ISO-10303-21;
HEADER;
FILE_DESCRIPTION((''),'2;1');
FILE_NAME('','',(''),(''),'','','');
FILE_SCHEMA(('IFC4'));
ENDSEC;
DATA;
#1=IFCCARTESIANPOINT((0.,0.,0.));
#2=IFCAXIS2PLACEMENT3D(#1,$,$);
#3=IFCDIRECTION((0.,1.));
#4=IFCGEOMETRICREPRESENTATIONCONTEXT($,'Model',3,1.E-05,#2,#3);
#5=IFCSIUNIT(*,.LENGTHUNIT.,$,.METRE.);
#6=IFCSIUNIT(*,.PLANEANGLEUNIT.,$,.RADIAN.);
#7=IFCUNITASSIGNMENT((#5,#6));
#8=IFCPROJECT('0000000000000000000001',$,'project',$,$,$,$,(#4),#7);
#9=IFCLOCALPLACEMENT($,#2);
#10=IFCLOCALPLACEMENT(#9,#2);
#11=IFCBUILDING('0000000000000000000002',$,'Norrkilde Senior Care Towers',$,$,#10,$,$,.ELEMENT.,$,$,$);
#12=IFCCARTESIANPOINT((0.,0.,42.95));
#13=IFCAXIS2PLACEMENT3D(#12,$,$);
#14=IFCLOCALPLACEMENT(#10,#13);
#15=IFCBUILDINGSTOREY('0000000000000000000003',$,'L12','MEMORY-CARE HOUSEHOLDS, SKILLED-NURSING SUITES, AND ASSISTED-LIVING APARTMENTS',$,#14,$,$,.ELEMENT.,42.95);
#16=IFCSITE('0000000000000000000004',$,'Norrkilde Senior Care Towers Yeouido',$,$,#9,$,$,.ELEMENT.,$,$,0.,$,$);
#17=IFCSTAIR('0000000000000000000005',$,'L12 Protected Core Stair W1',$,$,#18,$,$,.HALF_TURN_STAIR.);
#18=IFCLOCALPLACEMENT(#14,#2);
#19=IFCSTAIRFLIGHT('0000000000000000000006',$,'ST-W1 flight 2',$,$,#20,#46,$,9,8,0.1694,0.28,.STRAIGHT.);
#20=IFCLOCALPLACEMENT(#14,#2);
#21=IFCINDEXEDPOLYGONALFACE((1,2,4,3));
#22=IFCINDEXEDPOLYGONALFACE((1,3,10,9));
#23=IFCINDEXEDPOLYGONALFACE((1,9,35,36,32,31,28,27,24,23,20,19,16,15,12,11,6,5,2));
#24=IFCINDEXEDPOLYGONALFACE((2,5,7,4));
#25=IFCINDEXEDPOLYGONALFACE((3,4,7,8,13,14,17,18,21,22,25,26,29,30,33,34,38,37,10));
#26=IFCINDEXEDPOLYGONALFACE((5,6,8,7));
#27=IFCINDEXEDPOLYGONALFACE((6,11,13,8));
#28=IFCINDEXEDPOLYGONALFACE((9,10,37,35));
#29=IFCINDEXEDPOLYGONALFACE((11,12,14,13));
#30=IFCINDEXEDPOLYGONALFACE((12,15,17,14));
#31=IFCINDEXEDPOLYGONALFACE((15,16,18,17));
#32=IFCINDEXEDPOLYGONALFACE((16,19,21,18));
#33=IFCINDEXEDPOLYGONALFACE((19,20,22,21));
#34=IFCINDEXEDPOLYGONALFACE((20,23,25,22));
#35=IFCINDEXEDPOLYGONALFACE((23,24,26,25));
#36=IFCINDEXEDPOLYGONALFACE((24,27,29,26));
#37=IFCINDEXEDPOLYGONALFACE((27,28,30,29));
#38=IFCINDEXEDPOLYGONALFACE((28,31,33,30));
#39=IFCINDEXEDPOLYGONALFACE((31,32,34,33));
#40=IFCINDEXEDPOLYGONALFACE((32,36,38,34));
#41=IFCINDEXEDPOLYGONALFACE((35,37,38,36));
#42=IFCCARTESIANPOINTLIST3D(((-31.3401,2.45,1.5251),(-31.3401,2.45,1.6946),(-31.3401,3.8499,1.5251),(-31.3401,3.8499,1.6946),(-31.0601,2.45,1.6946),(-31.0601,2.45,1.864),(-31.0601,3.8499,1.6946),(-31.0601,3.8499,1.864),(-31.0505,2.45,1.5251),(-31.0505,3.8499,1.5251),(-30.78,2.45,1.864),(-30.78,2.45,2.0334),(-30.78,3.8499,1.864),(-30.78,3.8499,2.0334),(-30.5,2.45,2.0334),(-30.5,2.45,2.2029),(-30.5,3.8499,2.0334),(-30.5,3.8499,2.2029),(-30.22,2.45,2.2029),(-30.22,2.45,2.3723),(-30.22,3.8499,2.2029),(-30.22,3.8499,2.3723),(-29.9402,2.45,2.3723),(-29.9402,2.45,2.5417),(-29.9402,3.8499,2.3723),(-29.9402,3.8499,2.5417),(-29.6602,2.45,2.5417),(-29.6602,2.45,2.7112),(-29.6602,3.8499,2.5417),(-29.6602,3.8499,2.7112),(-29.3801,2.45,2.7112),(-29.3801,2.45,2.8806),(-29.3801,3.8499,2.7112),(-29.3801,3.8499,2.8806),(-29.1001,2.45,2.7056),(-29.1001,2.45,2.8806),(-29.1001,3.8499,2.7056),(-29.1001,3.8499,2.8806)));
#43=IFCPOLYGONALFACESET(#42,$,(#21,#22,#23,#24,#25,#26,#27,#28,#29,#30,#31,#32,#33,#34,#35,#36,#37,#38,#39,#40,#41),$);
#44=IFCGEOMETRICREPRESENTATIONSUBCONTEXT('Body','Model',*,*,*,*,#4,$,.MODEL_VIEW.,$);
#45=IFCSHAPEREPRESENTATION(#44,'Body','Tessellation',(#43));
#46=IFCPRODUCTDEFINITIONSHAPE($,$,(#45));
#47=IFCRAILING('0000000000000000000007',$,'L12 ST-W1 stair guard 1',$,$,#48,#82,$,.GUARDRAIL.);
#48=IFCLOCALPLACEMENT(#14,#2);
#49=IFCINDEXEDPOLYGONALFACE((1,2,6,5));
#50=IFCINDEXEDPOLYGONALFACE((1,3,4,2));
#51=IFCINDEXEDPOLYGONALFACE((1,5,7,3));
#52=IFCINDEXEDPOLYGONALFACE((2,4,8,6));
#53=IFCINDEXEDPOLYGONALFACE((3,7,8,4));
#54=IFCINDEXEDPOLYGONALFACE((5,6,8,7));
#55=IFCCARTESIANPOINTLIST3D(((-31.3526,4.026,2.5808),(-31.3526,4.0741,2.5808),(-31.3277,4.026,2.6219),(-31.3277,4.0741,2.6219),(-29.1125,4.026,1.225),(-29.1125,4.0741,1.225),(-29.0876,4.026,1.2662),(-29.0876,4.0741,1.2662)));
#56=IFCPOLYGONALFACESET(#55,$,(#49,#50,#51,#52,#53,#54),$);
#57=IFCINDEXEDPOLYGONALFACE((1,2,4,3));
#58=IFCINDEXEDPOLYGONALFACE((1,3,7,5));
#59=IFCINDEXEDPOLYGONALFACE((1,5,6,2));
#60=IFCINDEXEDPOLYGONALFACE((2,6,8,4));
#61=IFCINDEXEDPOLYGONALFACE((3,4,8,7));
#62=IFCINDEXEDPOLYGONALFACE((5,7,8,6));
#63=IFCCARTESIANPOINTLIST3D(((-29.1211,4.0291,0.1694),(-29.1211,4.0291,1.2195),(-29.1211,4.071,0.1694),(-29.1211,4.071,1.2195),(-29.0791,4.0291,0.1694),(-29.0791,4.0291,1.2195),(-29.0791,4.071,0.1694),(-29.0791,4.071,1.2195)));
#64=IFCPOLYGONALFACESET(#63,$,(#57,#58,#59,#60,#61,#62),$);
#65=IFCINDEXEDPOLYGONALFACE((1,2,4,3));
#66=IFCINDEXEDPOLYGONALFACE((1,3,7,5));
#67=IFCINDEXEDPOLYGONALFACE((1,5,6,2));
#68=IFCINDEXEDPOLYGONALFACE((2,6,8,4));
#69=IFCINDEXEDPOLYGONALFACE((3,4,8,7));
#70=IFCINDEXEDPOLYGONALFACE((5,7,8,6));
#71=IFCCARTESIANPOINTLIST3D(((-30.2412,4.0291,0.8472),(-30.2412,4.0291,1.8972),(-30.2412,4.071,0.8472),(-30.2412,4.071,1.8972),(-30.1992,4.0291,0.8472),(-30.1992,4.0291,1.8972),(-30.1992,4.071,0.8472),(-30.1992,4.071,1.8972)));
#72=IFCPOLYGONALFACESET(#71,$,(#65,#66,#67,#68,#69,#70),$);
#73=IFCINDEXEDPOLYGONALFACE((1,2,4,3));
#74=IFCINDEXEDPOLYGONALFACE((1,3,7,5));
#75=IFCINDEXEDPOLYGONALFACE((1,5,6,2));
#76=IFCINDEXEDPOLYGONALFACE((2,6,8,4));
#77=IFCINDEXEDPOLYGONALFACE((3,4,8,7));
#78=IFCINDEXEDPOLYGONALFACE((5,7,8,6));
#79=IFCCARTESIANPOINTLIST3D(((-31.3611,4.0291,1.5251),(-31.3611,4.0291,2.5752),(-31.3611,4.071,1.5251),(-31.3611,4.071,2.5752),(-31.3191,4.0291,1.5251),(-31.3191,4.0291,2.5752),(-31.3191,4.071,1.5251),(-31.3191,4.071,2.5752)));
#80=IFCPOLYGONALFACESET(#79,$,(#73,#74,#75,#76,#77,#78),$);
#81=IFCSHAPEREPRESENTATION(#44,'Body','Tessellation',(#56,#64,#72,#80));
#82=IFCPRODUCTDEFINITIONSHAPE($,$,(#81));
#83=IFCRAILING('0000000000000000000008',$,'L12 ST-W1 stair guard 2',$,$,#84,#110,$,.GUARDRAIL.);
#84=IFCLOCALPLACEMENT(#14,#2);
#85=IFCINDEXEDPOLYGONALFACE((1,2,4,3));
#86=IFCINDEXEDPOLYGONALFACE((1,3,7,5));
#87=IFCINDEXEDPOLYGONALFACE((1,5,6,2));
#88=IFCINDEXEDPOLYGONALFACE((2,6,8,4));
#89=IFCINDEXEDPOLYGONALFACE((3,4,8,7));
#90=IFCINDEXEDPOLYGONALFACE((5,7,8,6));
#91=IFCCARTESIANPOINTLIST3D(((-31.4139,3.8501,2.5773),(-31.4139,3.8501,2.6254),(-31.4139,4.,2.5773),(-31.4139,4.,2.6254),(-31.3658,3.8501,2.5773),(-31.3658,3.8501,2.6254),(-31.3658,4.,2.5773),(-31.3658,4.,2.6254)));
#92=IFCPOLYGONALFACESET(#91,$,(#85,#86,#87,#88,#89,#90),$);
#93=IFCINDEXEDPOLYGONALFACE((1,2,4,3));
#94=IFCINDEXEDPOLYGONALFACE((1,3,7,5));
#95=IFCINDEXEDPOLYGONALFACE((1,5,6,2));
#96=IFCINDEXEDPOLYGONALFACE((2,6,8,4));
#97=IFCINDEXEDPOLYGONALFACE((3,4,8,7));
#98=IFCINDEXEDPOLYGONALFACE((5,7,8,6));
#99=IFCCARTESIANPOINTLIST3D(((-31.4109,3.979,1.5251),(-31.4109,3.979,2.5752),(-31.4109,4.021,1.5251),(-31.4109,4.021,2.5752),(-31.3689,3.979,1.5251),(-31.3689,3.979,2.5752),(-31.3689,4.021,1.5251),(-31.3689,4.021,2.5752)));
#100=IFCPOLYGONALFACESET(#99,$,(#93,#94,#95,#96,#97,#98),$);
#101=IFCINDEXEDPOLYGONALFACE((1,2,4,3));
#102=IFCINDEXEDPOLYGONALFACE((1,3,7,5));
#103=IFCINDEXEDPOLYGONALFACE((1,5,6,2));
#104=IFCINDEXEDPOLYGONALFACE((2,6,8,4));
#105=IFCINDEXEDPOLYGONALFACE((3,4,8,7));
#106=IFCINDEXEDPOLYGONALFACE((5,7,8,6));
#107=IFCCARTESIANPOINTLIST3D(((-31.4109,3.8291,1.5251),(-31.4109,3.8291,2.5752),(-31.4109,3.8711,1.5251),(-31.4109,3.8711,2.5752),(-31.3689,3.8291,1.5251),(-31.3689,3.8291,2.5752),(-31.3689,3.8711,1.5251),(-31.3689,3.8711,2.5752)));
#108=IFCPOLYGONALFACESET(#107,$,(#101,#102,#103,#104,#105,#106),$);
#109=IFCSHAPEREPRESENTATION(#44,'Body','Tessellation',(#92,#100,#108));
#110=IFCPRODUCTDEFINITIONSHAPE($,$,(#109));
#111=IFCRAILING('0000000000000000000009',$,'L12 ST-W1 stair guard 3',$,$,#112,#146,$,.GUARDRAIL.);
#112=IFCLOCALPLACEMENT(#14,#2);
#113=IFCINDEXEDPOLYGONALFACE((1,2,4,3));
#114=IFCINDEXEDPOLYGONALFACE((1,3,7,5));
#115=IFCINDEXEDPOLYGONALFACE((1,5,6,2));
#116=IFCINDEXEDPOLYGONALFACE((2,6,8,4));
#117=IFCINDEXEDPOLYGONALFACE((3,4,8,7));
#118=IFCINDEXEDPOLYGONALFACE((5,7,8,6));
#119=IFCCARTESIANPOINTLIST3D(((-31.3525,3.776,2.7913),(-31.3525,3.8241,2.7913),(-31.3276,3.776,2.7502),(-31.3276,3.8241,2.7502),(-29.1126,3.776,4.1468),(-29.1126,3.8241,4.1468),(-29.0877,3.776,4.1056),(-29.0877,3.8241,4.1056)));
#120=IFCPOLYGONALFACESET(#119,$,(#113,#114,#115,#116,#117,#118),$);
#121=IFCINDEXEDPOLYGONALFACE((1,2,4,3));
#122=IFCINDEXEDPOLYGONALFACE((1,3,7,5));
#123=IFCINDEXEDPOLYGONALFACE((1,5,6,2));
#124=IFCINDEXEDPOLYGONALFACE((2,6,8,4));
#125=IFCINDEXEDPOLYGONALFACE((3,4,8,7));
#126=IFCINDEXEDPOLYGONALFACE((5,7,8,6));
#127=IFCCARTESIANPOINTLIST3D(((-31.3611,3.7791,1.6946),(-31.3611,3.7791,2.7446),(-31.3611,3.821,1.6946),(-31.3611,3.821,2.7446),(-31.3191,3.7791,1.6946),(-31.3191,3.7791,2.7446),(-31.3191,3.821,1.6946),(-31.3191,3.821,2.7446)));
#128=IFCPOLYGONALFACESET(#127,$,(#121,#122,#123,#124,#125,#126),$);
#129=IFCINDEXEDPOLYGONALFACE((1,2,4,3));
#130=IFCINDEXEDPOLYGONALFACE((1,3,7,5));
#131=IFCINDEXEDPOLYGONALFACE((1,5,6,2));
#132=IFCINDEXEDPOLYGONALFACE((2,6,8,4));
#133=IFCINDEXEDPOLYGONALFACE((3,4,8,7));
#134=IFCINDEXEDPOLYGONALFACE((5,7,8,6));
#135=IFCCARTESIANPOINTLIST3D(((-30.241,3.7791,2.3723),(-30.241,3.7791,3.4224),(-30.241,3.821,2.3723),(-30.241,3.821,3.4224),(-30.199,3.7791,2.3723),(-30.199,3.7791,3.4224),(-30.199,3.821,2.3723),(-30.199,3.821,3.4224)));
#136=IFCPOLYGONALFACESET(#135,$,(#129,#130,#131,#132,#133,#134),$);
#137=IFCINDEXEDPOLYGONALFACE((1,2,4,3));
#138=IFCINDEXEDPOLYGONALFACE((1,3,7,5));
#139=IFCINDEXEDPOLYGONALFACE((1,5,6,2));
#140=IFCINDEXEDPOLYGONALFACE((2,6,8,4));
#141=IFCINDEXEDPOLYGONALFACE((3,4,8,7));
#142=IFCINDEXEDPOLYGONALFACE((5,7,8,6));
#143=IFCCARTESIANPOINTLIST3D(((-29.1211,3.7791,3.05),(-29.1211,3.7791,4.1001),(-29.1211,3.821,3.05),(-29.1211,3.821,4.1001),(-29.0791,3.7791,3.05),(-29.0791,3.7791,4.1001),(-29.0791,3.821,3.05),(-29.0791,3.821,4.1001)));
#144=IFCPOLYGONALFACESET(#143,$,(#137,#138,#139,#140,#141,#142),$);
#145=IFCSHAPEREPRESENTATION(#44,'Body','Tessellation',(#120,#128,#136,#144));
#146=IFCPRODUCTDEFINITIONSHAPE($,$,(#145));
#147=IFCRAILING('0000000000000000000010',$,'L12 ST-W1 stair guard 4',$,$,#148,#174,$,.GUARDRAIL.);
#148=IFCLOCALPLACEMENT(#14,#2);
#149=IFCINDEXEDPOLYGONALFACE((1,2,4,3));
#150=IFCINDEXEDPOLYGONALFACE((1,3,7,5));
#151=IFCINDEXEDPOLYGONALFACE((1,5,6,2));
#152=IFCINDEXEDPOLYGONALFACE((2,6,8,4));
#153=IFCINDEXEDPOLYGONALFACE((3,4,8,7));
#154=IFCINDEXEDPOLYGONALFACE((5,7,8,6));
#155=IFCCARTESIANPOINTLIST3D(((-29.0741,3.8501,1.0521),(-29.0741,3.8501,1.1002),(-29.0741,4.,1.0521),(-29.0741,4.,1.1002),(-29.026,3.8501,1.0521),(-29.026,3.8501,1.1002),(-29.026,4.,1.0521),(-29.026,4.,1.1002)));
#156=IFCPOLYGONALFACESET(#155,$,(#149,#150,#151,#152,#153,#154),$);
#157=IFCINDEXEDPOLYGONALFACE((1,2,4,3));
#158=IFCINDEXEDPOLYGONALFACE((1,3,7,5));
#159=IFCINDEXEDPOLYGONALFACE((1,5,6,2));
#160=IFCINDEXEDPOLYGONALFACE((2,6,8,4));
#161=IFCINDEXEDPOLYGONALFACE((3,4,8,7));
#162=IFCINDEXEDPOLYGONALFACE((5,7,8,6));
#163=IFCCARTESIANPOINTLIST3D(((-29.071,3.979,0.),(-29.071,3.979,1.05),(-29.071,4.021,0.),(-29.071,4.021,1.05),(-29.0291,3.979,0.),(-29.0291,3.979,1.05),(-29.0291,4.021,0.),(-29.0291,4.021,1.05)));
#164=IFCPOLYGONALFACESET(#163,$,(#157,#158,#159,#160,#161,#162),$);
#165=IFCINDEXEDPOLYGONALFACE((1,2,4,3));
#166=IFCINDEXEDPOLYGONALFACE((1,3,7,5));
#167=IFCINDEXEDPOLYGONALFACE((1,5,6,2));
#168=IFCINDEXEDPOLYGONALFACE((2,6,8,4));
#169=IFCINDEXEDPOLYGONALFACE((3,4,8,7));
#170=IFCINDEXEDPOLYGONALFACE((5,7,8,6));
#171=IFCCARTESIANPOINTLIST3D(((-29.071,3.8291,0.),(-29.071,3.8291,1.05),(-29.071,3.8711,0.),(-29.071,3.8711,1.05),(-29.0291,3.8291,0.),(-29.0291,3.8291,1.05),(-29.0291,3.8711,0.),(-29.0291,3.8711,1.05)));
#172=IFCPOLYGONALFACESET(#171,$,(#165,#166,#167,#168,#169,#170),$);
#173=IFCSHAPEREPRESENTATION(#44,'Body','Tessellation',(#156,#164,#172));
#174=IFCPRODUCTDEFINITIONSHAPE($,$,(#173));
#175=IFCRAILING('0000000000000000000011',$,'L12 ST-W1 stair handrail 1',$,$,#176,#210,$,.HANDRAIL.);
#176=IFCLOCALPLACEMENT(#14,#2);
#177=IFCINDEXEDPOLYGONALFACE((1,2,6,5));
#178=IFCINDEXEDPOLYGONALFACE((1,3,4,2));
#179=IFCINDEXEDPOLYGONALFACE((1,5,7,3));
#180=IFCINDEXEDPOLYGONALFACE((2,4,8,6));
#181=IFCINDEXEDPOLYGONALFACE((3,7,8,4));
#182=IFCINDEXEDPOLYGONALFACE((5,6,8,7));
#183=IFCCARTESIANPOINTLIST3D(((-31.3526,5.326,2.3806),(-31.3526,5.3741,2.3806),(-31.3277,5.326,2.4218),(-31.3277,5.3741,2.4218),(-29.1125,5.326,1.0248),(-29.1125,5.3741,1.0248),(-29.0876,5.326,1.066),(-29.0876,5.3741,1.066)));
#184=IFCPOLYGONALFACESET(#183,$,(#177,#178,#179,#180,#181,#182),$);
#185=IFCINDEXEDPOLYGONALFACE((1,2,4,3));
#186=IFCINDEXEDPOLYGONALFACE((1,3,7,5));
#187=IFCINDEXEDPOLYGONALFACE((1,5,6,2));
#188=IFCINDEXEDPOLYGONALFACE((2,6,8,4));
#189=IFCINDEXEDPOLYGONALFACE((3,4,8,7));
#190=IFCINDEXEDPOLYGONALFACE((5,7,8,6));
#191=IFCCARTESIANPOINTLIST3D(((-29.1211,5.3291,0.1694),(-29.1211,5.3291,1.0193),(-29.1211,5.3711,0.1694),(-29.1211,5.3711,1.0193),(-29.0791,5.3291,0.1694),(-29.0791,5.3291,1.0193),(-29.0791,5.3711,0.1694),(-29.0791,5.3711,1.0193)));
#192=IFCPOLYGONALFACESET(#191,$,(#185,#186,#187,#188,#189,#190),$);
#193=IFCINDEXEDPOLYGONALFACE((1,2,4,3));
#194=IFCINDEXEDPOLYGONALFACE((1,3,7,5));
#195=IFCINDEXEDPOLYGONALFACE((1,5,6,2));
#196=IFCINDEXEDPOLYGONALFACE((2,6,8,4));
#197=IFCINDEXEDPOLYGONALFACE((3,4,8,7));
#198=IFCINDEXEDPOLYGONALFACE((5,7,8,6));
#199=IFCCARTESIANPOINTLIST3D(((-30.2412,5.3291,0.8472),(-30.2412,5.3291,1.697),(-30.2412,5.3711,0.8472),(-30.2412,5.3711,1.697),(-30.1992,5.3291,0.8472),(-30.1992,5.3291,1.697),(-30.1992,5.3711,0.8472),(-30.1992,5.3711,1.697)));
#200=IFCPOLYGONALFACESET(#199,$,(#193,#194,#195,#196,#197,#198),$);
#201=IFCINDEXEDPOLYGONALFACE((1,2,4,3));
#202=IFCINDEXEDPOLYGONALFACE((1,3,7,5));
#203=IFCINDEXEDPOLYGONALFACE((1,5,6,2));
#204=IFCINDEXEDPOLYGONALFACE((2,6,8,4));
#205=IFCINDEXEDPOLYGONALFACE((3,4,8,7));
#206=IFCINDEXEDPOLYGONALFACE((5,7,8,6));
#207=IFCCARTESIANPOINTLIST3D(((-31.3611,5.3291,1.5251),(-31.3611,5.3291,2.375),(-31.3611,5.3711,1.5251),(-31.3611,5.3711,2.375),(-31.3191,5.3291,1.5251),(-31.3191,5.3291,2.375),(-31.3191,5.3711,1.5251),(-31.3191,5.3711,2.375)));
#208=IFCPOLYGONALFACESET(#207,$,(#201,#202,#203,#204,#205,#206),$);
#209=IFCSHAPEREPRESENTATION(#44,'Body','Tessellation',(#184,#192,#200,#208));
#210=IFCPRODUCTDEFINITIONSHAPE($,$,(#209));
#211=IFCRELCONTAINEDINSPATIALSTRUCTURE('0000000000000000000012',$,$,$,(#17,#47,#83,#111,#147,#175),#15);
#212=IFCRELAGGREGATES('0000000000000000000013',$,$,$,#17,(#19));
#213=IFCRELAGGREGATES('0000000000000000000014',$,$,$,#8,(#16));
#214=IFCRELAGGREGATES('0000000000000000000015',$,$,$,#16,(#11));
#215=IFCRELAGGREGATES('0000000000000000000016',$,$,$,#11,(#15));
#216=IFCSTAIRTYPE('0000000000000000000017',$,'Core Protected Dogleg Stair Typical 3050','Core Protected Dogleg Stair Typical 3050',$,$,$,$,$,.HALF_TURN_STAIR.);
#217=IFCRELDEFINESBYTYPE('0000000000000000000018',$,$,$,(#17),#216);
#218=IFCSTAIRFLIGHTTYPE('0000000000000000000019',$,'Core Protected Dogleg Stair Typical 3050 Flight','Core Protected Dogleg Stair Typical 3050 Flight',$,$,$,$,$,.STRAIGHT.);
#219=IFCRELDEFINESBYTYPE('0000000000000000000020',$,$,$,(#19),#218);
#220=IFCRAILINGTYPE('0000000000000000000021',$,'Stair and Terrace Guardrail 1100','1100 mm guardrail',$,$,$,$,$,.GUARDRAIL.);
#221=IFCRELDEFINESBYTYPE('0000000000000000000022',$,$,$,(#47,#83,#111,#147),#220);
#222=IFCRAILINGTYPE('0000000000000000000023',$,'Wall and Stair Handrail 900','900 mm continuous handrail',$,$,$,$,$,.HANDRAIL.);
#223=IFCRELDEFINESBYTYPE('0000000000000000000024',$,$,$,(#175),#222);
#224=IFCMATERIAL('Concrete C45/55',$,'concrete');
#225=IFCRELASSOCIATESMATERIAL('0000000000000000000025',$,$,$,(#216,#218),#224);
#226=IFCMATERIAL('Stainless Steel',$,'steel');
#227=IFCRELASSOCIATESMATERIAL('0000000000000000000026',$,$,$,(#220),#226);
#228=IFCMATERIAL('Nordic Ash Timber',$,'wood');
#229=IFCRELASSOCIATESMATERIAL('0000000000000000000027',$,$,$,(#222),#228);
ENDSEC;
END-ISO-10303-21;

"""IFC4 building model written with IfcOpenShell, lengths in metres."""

from ifc_helpers import new_model, si_unit, direction, frame, origin, origin_2d, place, context, subcontext, project, spatial, polyline, rectangle, outline, extrude, material, type_object, element, aggregate, save


model = new_model("IFC4")

# Units and contexts
model_context = context("Model", 3, precision=1e-05, world=origin(), true_north=direction((0.0, 1.0)))
body_context = subcontext(model_context, "Body", "Model", "MODEL_VIEW")
ifc_project = project(units=[si_unit("LENGTHUNIT", "METRE"), si_unit("PLANEANGLEUNIT", "RADIAN")], contexts=[model_context])

# Site, building, storey
site_placement = place(None, origin())
site = spatial("IfcSite", under=ifc_project, at=site_placement, Name="Norrkilde Senior Care Towers Yeouido", CompositionType="ELEMENT", RefElevation=0.0)
building_placement = place(site_placement, origin())
building = spatial("IfcBuilding", under=site, at=building_placement, Name="Norrkilde Senior Care Towers", CompositionType="ELEMENT")
storey_placement = place(building_placement, frame((0.0, 0.0, 42.95)))
storey = spatial("IfcBuildingStorey", under=building, at=storey_placement, Name="L12", Description="MEMORY-CARE HOUSEHOLDS, SKILLED-NURSING SUITES, AND ASSISTED-LIVING APARTMENTS", CompositionType="ELEMENT", Elevation=42.95)

# Shared definitions
ifc_material_1 = material(Name="Concrete C45/55", Category="concrete")

# Shared definitions
ifc_material_2 = material(Name="Nordic Ash Timber", Category="wood")

# Stair, stair flight
stair_type = type_object("IfcStairType", Name="Core Protected Dogleg Stair Typical 3050", Description="Core Protected Dogleg Stair Typical 3050", PredefinedType="HALF_TURN_STAIR", material=ifc_material_1)
stair_placement = place(storey_placement, origin())
stair = element("IfcStair", 1, at=stair_placement, inside=storey, type_object=stair_type, Name="L12 Protected Core Stair W1", PredefinedType="HALF_TURN_STAIR")
stair_flight_type = type_object("IfcStairFlightType", Name="Core Protected Dogleg Stair Typical 3050 Flight", Description="Core Protected Dogleg Stair Typical 3050 Flight", PredefinedType="STRAIGHT", material=ifc_material_1)
stair_flight_1_placement = place(storey_placement, frame((-31.3401, 3.1499, 1.5251), z_axis=(0.0, 0.0, 1.0), x_axis=(1.0, 0.0, 0.0)))
stair_flight_1 = element("IfcStairFlight", 2, at=stair_flight_1_placement, type_object=stair_flight_type, Name="ST-W1 flight 2", NumberOfRisers=9, NumberOfTreads=8, PredefinedType="STRAIGHT", RiserHeight=0.1694, TreadLength=0.28, context=body_context, shape_type="SweptSolid", body=[
    extrude(outline(polyline([(0.0, 0.0), (0.0, 0.1694), (0.28, 0.1694), (0.28, 0.3389), (0.5601, 0.3389), (0.5601, 0.5083), (0.8401, 0.5083), (0.8401, 0.6777), (1.1201, 0.6777), (1.1201, 0.8472), (1.3999, 0.8472), (1.3999, 1.0166), (1.6799, 1.0166), (1.6799, 1.186), (1.96, 1.186), (1.96, 1.3555), (2.24, 1.3555), (2.24, 1.5249), (2.24, 1.1804), (0.2896, 0.0), (0.0, 0.0)])), frame((0.0, 0.7, 0.0), z_axis=(0.0, -1.0, 0.0), x_axis=(1.0, 0.0, 0.0)), (0.0, 0.0, 1.0), 1.3999),
])
aggregate(stair, [stair_flight_1])

# Railings
ifc_material_3 = material(Name="Stainless Steel", Category="steel")
railing_type_1 = type_object("IfcRailingType", Name="Stair and Terrace Guardrail 1100", Description="1100 mm guardrail", PredefinedType="GUARDRAIL", material=ifc_material_3)
railing_1_placement = place(storey_placement, frame((-29.1001, 4.05, 0.1694)))
element("IfcRailing", 3, at=railing_1_placement, inside=storey, type_object=railing_type_1, Name="L12 ST-W1 stair guard 1", PredefinedType="GUARDRAIL", context=body_context, shape_type="SweptSolid", body=[
    extrude(rectangle(XDim=0.0481, YDim=0.0481, at=origin_2d()), frame((0.0, 0.0, 1.0762), z_axis=(-0.855512, 0.0, 0.517783), x_axis=(0.0, -1.0, 0.0)), (0.0, 0.0, 1.0), 2.6184),
    extrude(rectangle(XDim=0.042, YDim=0.042, at=origin_2d()), origin(), (0.0, 0.0, 1.0), 1.05),
    extrude(rectangle(XDim=0.042, YDim=0.042, at=origin_2d()), frame((-1.1201, 0.0, 0.6777)), (0.0, 0.0, 1.0), 1.05),
    extrude(rectangle(XDim=0.042, YDim=0.042, at=origin_2d()), frame((-2.24, 0.0, 1.3557)), (0.0, 0.0, 1.0), 1.05),
])
railing_2_placement = place(storey_placement, frame((-31.3899, 4.0, 1.5251)))
element("IfcRailing", 4, at=railing_2_placement, inside=storey, type_object=railing_type_1, Name="L12 ST-W1 stair guard 2", PredefinedType="GUARDRAIL", context=body_context, shape_type="SweptSolid", body=[
    extrude(rectangle(XDim=0.0481, YDim=0.0481, at=origin_2d()), frame((0.0, 0.0, 1.0762), z_axis=(0.0, -1.0, 0.0), x_axis=(1.0, 0.0, 0.0)), (0.0, 0.0, 1.0), 0.1499),
    extrude(rectangle(XDim=0.042, YDim=0.042, at=origin_2d()), origin(), (0.0, 0.0, 1.0), 1.05),
    extrude(rectangle(XDim=0.042, YDim=0.042, at=origin_2d()), frame((0.0, -0.1499, 0.0)), (0.0, 0.0, 1.0), 1.05),
])
railing_3_placement = place(storey_placement, frame((-31.3401, 3.8, 1.6946)))
element("IfcRailing", 5, at=railing_3_placement, inside=storey, type_object=railing_type_1, Name="L12 ST-W1 stair guard 3", PredefinedType="GUARDRAIL", context=body_context, shape_type="SweptSolid", body=[
    extrude(rectangle(XDim=0.0481, YDim=0.0481, at=origin_2d()), frame((0.0, 0.0, 1.0762), z_axis=(0.855553, 0.0, 0.517715), x_axis=(0.0, 1.0, 0.0)), (0.0, 0.0, 1.0), 2.6182),
    extrude(rectangle(XDim=0.042, YDim=0.042, at=origin_2d()), origin(), (0.0, 0.0, 1.0), 1.05),
    extrude(rectangle(XDim=0.042, YDim=0.042, at=origin_2d()), frame((1.1201, 0.0, 0.6777)), (0.0, 0.0, 1.0), 1.05),
    extrude(rectangle(XDim=0.042, YDim=0.042, at=origin_2d()), frame((2.24, 0.0, 1.3555)), (0.0, 0.0, 1.0), 1.05),
])
railing_4_placement = place(storey_placement, frame((-29.05, 4.0, 0.0)))
element("IfcRailing", 6, at=railing_4_placement, inside=storey, type_object=railing_type_1, Name="L12 ST-W1 stair guard 4", PredefinedType="GUARDRAIL", context=body_context, shape_type="SweptSolid", body=[
    extrude(rectangle(XDim=0.0481, YDim=0.0481, at=origin_2d()), frame((0.0, 0.0, 1.0762), z_axis=(0.0, -1.0, 0.0), x_axis=(1.0, 0.0, 0.0)), (0.0, 0.0, 1.0), 0.1499),
    extrude(rectangle(XDim=0.042, YDim=0.042, at=origin_2d()), origin(), (0.0, 0.0, 1.0), 1.05),
    extrude(rectangle(XDim=0.042, YDim=0.042, at=origin_2d()), frame((0.0, -0.1499, 0.0)), (0.0, 0.0, 1.0), 1.05),
])
railing_type_2 = type_object("IfcRailingType", Name="Wall and Stair Handrail 900", Description="900 mm continuous handrail", PredefinedType="HANDRAIL", material=ifc_material_2)
railing_5_placement = place(storey_placement, frame((-29.1001, 5.3501, 0.1694)))
element("IfcRailing", 7, at=railing_5_placement, inside=storey, type_object=railing_type_2, Name="L12 ST-W1 stair handrail 1", PredefinedType="HANDRAIL", context=body_context, shape_type="SweptSolid", body=[
    extrude(rectangle(XDim=0.0481, YDim=0.0481, at=origin_2d()), frame((0.0, 0.0, 0.876), z_axis=(-0.855512, 0.0, 0.517783), x_axis=(0.0, -1.0, 0.0)), (0.0, 0.0, 1.0), 2.6184),
    extrude(rectangle(XDim=0.042, YDim=0.042, at=origin_2d()), origin(), (0.0, 0.0, 1.0), 0.8499),
    extrude(rectangle(XDim=0.042, YDim=0.042, at=origin_2d()), frame((-1.1201, 0.0, 0.6777)), (0.0, 0.0, 1.0), 0.8499),
    extrude(rectangle(XDim=0.042, YDim=0.042, at=origin_2d()), frame((-2.24, 0.0, 1.3557)), (0.0, 0.0, 1.0), 0.8499),
])

save(model, "model.ifc")
